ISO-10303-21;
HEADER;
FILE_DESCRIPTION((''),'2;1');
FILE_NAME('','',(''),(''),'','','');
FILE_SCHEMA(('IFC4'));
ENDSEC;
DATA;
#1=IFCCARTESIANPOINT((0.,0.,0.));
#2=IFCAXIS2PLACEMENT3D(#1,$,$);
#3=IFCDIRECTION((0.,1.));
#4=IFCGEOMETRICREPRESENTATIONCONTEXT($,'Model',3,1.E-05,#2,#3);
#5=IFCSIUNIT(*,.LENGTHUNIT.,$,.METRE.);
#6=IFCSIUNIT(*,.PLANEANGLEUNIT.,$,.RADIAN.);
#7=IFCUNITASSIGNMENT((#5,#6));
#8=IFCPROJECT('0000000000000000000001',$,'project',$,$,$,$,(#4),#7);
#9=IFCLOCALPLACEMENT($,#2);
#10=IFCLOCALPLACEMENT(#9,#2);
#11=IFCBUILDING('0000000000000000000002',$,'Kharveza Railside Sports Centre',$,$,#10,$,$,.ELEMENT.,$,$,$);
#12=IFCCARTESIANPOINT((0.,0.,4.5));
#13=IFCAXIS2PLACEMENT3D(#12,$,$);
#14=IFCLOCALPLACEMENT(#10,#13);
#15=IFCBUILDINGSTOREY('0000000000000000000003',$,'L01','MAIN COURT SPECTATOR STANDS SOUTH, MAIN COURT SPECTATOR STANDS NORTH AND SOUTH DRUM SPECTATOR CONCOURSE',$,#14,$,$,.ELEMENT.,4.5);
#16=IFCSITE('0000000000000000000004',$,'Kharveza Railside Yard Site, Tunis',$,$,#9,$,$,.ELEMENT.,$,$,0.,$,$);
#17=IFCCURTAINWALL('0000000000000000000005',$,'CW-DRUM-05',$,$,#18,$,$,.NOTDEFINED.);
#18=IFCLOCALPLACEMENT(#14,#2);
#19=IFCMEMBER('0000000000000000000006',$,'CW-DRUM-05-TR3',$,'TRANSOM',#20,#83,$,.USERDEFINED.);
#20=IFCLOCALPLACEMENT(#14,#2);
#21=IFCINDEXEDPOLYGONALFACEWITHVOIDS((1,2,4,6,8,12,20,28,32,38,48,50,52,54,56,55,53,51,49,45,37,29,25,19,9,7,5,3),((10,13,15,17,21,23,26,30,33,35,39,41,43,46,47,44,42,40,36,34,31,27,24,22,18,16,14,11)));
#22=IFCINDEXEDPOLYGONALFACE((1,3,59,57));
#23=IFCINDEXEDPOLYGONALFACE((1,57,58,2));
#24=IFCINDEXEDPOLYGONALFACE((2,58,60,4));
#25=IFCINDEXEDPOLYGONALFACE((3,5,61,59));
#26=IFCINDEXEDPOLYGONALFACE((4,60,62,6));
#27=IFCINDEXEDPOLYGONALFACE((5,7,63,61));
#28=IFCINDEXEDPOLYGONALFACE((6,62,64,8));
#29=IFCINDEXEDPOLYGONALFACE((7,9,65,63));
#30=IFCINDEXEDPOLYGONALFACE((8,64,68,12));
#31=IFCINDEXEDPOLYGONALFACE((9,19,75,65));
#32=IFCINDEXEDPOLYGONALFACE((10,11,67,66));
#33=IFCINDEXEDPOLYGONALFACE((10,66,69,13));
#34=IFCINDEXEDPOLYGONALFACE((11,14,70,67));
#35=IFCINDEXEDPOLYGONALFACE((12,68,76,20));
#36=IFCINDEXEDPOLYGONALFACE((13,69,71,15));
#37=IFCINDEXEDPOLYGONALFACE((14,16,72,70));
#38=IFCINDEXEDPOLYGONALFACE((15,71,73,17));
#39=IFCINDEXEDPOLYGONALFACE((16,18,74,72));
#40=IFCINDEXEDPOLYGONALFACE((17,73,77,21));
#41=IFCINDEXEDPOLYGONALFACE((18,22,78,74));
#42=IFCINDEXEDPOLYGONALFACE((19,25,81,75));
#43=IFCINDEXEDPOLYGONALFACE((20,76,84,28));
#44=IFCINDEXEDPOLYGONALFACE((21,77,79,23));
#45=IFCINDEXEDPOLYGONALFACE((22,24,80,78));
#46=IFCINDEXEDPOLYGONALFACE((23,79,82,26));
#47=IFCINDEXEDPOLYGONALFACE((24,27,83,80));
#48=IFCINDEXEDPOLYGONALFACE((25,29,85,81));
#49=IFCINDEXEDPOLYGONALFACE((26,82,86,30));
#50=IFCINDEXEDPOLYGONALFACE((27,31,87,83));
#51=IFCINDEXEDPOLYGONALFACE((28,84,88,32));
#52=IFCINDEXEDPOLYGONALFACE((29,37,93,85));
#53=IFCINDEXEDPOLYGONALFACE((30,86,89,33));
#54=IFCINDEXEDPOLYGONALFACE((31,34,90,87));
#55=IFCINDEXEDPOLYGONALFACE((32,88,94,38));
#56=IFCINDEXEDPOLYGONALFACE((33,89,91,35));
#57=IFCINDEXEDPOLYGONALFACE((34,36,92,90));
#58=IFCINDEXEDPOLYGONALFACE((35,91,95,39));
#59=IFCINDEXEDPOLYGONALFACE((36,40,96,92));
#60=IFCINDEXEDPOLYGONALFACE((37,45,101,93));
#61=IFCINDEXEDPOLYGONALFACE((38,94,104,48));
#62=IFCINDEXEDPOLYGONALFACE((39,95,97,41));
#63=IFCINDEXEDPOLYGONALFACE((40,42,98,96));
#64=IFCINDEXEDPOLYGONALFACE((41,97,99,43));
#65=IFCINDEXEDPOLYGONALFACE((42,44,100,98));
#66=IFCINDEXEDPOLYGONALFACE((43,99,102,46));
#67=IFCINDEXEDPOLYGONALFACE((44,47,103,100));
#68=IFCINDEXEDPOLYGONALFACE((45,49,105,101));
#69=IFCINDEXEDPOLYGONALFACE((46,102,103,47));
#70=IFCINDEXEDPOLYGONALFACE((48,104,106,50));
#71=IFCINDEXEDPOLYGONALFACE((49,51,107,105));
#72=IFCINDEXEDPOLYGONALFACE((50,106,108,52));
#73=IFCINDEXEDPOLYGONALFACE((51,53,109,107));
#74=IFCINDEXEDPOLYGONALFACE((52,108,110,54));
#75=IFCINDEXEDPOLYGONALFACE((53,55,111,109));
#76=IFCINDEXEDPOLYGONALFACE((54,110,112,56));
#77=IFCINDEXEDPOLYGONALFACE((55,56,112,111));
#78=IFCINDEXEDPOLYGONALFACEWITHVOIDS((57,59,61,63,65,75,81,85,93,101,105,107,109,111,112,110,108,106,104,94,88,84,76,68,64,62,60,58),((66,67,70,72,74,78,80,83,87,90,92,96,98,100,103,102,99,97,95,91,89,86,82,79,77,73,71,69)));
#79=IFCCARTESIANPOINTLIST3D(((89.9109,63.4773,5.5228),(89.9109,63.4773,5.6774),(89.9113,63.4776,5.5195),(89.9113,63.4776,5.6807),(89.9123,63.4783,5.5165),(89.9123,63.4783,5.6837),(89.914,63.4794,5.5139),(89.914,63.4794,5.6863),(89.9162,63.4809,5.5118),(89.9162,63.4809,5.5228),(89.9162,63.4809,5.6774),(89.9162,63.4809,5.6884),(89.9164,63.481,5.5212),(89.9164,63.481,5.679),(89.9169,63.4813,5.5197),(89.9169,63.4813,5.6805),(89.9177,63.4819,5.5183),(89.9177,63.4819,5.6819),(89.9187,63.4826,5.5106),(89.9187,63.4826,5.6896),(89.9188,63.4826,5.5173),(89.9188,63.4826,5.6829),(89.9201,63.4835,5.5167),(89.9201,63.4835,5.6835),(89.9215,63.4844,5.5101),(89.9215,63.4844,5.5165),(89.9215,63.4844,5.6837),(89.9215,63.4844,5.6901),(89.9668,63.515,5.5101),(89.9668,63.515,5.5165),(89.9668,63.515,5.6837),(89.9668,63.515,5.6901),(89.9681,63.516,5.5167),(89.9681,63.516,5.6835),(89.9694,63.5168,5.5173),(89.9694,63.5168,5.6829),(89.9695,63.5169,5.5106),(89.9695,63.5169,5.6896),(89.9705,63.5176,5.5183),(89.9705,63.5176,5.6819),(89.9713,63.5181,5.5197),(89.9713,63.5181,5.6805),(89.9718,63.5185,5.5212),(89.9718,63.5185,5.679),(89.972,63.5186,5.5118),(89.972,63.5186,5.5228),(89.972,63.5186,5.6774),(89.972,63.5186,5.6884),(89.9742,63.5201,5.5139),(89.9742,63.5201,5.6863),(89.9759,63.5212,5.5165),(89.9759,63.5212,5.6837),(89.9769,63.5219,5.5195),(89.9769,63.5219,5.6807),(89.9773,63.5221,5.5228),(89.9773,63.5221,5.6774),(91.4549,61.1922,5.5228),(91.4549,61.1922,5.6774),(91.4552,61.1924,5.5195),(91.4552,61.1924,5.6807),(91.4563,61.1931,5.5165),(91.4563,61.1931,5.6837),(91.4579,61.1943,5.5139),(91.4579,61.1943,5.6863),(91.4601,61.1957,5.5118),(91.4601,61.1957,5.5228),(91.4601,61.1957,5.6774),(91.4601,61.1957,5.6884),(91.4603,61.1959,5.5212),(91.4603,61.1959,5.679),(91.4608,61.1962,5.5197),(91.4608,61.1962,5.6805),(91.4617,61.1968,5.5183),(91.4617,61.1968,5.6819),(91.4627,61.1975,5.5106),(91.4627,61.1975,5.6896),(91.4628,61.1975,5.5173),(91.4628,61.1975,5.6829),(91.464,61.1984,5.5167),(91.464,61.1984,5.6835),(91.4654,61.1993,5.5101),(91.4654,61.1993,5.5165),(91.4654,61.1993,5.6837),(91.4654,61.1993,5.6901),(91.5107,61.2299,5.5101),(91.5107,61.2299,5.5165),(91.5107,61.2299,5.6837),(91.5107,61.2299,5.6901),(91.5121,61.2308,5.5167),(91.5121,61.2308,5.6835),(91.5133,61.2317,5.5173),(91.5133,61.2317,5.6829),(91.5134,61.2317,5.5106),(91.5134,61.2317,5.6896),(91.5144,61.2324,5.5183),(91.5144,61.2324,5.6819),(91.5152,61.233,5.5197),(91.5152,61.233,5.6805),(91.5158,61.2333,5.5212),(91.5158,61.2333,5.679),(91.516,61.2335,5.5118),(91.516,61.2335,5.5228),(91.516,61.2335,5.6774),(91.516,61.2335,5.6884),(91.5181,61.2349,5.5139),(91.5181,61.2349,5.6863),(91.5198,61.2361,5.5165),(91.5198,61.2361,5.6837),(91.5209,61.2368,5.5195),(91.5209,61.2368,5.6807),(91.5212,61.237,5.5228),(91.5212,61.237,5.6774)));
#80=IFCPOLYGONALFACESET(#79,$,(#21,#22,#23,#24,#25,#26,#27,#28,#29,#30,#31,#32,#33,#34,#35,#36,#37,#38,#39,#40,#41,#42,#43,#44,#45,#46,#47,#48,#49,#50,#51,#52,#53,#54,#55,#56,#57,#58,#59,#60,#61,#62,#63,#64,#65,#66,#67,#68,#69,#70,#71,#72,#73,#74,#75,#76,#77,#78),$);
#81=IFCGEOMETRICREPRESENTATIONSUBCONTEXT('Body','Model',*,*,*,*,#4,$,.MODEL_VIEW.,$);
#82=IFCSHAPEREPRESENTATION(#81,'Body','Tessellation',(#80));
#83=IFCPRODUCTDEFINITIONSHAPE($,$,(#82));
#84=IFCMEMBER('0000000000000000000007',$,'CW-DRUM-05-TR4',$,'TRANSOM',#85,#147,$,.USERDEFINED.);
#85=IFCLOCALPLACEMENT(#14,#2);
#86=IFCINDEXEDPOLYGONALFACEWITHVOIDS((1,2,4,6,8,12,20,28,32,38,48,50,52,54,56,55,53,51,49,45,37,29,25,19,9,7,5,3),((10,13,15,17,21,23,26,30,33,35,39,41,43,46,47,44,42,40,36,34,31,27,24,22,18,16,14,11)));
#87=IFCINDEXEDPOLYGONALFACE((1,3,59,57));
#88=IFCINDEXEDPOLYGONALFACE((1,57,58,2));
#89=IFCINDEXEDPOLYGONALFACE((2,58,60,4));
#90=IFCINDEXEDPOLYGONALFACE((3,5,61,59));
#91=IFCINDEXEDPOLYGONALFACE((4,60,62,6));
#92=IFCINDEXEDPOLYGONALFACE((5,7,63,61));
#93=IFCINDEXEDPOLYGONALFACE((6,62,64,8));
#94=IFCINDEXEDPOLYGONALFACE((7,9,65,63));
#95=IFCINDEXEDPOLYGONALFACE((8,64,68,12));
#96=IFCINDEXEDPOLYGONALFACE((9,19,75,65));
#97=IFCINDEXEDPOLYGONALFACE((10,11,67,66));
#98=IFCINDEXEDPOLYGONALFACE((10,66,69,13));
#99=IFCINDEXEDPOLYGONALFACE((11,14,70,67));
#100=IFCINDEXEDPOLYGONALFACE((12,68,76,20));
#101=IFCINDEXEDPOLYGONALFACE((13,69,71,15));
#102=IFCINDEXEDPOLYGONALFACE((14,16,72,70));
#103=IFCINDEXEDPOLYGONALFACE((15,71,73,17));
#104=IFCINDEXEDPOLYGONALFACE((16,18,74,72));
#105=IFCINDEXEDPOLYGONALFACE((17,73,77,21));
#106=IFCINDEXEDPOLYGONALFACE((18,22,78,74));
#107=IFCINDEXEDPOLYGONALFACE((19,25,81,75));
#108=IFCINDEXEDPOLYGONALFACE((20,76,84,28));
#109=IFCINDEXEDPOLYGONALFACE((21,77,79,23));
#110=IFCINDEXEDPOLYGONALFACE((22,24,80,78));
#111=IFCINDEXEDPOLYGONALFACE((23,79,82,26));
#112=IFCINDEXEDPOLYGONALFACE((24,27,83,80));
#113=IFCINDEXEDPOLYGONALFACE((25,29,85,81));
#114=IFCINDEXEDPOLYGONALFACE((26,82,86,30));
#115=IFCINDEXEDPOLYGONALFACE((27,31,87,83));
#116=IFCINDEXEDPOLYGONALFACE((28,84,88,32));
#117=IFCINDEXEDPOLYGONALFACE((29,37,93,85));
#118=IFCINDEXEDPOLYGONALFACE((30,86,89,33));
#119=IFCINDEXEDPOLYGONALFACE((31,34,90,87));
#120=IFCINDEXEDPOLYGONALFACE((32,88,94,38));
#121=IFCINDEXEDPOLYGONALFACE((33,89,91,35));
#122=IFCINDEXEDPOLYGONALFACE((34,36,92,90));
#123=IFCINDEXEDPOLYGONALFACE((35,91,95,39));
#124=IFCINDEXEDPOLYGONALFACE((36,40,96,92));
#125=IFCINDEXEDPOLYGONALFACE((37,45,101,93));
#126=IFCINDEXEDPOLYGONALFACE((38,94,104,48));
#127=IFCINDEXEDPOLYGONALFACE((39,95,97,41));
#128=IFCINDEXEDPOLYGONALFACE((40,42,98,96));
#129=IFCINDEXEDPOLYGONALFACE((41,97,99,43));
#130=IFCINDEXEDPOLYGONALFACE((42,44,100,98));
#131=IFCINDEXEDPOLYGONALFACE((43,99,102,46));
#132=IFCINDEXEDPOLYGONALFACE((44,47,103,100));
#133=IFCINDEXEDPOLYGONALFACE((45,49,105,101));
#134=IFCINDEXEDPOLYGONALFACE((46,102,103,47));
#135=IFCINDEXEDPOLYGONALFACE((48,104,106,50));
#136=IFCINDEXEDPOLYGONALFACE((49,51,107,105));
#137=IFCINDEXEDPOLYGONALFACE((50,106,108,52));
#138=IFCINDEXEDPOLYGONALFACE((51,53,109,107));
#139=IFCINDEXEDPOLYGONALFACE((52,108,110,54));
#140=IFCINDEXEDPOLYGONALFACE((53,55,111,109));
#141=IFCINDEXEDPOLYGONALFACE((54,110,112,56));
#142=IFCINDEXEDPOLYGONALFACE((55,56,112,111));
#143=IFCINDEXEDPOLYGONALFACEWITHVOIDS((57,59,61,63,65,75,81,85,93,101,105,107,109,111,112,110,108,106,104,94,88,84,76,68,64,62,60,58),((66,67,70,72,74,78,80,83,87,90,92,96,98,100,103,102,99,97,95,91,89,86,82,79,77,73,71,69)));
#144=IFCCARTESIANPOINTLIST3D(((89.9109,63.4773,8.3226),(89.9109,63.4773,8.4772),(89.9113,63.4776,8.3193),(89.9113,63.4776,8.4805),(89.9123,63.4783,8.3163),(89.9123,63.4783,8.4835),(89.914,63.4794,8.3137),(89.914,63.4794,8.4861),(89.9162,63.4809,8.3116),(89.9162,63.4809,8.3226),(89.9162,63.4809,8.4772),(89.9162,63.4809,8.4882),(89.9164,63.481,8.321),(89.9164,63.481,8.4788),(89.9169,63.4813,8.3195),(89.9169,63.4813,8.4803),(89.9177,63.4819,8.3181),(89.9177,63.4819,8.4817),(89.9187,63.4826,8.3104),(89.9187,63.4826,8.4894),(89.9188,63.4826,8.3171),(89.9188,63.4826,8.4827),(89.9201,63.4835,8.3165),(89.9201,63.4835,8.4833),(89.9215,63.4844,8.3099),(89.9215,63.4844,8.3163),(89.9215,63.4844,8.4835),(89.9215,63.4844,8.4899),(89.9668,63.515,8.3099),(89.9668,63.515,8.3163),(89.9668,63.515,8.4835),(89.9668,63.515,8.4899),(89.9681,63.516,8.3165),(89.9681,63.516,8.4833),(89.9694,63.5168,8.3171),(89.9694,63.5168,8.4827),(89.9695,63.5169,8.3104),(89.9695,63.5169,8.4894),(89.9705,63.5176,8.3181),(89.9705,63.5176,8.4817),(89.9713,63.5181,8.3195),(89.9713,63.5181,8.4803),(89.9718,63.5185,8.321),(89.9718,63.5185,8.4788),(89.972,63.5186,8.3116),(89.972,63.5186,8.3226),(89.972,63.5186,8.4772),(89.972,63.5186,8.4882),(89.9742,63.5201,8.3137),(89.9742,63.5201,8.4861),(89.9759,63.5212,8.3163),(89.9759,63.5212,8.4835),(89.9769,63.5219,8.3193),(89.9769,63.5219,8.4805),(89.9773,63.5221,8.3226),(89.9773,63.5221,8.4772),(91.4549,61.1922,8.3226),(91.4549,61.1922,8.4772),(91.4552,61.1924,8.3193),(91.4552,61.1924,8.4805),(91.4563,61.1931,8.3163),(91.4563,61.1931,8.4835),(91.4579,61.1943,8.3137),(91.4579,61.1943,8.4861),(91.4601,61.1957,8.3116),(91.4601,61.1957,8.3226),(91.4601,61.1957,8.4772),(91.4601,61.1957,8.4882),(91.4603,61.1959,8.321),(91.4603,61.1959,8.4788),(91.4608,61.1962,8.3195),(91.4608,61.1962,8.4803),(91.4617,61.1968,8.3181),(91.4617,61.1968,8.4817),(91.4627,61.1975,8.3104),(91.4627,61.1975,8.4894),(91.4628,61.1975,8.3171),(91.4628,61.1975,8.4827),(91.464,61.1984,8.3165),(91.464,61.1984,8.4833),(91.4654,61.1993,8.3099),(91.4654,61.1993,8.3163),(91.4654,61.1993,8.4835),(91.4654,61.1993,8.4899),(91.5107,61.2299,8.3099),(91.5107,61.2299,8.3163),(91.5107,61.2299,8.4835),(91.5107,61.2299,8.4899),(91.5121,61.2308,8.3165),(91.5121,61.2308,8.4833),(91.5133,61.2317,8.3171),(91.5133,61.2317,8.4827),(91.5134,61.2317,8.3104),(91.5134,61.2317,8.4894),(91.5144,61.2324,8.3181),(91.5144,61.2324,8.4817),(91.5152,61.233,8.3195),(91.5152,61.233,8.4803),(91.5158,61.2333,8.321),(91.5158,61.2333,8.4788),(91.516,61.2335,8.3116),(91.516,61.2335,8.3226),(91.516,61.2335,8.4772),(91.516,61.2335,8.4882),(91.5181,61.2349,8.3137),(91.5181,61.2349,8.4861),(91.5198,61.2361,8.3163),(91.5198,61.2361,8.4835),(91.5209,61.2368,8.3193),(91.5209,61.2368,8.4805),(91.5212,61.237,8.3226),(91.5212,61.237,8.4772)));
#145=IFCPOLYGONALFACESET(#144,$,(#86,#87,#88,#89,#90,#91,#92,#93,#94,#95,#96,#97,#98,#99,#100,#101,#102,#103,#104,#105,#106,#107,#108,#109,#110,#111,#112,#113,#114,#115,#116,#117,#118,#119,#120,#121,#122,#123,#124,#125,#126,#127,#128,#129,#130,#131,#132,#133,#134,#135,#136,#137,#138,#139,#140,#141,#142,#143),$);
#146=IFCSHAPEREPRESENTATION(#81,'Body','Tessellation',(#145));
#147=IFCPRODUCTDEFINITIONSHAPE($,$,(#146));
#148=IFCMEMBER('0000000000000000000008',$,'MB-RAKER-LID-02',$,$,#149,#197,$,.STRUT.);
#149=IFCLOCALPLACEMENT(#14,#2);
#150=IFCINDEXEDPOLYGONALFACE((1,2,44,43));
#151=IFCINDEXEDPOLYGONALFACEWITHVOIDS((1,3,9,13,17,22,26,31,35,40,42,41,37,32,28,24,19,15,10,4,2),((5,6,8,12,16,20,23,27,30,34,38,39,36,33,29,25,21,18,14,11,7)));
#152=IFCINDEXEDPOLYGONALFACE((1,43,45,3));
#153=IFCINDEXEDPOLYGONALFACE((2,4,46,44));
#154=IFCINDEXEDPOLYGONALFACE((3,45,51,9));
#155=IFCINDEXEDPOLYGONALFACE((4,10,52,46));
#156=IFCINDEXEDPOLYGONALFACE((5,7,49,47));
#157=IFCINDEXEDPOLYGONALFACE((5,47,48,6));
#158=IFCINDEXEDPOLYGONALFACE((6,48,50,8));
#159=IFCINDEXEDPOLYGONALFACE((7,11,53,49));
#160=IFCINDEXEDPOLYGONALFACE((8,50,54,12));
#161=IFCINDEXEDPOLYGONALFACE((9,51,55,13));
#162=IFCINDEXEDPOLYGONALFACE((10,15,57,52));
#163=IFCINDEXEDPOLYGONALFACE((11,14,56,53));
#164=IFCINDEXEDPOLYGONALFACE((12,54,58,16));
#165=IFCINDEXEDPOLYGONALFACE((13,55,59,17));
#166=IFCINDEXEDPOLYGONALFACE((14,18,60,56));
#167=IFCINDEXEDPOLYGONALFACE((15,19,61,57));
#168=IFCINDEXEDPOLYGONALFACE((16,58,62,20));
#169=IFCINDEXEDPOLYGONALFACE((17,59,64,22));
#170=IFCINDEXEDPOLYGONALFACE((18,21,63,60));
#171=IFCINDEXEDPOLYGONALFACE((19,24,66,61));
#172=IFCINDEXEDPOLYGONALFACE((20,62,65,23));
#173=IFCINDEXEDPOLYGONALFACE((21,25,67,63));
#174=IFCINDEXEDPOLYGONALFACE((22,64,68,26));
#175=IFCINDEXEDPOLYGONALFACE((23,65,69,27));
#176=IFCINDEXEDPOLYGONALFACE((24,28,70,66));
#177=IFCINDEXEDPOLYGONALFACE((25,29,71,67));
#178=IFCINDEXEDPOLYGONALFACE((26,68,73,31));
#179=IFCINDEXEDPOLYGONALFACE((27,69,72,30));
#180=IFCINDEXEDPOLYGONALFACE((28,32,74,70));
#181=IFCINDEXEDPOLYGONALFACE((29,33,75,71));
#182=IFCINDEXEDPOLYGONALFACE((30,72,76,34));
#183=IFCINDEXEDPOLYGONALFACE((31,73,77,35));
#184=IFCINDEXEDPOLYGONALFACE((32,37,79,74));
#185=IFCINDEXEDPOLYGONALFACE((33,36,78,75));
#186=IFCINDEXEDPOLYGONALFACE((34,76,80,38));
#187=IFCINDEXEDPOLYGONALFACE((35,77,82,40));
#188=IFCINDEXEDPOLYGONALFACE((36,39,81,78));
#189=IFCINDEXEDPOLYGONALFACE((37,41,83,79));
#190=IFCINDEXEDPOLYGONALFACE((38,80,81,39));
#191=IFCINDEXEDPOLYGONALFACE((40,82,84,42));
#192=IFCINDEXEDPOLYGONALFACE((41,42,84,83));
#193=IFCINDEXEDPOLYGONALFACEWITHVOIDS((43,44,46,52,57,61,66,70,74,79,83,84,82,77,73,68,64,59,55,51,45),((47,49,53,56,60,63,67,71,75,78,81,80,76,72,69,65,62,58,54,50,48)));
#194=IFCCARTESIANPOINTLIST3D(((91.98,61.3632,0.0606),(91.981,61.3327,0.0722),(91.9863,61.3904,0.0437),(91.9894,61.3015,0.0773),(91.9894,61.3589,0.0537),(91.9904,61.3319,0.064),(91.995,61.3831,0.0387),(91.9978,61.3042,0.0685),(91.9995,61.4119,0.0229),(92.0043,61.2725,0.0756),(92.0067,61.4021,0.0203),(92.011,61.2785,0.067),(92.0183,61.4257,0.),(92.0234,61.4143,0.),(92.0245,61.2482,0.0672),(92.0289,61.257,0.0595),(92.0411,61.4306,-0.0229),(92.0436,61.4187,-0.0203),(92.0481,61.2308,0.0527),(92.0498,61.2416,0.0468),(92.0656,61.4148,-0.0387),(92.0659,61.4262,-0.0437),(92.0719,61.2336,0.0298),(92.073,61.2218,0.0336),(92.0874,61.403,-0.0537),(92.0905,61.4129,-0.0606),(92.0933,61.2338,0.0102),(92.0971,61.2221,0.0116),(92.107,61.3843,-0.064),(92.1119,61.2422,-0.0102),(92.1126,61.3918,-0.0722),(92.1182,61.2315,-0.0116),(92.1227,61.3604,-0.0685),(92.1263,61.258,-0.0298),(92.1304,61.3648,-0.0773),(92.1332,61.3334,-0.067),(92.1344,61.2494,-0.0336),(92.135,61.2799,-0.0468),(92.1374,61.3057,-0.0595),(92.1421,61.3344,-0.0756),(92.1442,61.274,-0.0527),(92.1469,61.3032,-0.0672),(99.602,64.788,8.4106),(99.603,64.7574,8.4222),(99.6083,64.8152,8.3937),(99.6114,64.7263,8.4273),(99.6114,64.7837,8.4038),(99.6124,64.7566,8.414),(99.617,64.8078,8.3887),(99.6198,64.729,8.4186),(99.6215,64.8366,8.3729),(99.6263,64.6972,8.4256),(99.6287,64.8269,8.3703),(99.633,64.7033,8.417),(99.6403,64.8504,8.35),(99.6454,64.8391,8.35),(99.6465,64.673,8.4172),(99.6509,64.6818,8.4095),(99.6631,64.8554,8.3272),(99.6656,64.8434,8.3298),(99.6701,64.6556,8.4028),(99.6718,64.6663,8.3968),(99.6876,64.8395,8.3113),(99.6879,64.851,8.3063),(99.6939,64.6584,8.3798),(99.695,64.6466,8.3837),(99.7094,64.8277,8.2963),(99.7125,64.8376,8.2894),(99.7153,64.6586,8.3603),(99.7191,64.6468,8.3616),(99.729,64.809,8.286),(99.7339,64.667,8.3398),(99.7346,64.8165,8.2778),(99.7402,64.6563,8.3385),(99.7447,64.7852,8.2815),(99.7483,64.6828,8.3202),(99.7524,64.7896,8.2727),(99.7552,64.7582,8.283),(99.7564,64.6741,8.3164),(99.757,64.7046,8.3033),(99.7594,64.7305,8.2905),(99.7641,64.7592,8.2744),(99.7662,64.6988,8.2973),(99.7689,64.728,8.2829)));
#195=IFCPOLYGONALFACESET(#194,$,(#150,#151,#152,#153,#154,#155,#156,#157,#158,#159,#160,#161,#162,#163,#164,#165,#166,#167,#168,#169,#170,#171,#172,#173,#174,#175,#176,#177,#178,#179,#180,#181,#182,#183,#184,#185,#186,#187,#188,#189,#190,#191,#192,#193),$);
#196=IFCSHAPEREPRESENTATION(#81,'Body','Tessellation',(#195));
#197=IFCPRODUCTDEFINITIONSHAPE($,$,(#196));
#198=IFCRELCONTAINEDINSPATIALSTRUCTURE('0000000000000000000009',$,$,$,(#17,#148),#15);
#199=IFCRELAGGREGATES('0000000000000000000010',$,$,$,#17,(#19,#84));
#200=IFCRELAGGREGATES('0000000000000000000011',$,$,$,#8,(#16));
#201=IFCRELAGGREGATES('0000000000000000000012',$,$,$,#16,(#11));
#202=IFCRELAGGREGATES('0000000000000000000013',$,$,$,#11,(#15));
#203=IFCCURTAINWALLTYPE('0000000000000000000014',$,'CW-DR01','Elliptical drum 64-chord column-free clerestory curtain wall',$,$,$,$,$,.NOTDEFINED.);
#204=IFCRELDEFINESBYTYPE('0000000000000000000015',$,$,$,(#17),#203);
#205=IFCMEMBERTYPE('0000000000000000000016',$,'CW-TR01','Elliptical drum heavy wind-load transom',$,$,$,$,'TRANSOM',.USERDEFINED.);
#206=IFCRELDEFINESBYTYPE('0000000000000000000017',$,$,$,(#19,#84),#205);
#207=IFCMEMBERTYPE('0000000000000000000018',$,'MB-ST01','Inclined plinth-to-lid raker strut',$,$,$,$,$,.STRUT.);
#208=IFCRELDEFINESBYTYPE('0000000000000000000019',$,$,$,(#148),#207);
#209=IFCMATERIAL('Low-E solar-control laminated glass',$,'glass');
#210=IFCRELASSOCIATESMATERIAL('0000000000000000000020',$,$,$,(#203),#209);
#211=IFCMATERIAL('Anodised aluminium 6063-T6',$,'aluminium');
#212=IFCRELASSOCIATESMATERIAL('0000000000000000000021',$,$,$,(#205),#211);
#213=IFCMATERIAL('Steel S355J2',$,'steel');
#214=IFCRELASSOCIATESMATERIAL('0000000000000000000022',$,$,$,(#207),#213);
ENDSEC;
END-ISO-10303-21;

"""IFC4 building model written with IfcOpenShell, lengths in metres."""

from ifc_helpers import new_model, si_unit, direction, frame, origin, origin_2d, place, context, subcontext, project, spatial, hollow_rectangle, hollow_circle, extrude, material, material_profile, profile_set, type_object, element, aggregate, save


model = new_model("IFC4")

# Units and contexts
model_context = context("Model", 3, precision=1e-05, world=origin(), true_north=direction((0.0, 1.0)))
body_context = subcontext(model_context, "Body", "Model", "MODEL_VIEW")
ifc_project = project(units=[si_unit("LENGTHUNIT", "METRE"), si_unit("PLANEANGLEUNIT", "RADIAN")], contexts=[model_context])

# Site, building, storey
site_placement = place(None, origin())
site = spatial("IfcSite", under=ifc_project, at=site_placement, Name="Kharveza Railside Yard Site, Tunis", CompositionType="ELEMENT", RefElevation=0.0)
building_placement = place(site_placement, origin())
building = spatial("IfcBuilding", under=site, at=building_placement, Name="Kharveza Railside Sports Centre", CompositionType="ELEMENT")
storey_placement = place(building_placement, frame((0.0, 0.0, 4.5)))
storey = spatial("IfcBuildingStorey", under=building, at=storey_placement, Name="L01", Description="MAIN COURT SPECTATOR STANDS SOUTH, MAIN COURT SPECTATOR STANDS NORTH AND SOUTH DRUM SPECTATOR CONCOURSE", CompositionType="ELEMENT", Elevation=4.5)

# Shared definitions
ifc_material_1 = material(Name="Steel S355J2", Category="steel")

# Shared definitions
ifc_material_2 = material(Name="Low-E solar-control laminated glass", Category="glass")
curtain_wall_type = type_object("IfcCurtainWallType", Name="CW-DR01", Description="Elliptical drum 64-chord column-free clerestory curtain wall", PredefinedType="NOTDEFINED", material=ifc_material_2)
ifc_material_3 = material(Name="Anodised aluminium 6063-T6", Category="aluminium")

# Curtain wall
curtain_wall_1_placement = place(storey_placement, origin())
curtain_wall_1 = element("IfcCurtainWall", 1, at=curtain_wall_1_placement, inside=storey, type_object=curtain_wall_type, Name="CW-DRUM-05", PredefinedType="NOTDEFINED")

# Members
ifc_material_profile_1 = material_profile(ifc_material_3, hollow_rectangle(XDim=0.0801, YDim=0.1799, WallThickness=0.0063, InnerFilletRadius=0.0063, OuterFilletRadius=0.0127, at=origin_2d()), Name="RHS 80x180x6.3")
ifc_profile_set_1 = profile_set([ifc_material_profile_1], Name="Anodised aluminium 6063-T6")
member_type_1 = type_object("IfcMemberType", Name="CW-TR01", Description="Elliptical drum heavy wind-load transom", ElementType="TRANSOM", PredefinedType="USERDEFINED", material=ifc_profile_set_1)
member_1_placement = place(storey_placement, frame((91.488, 61.2146, 5.6001), z_axis=(-0.559838, 0.828602, 0.0), x_axis=(-0.828602, -0.559838, 0.0)))
member_1 = element("IfcMember", 2, at=member_1_placement, type_object=member_type_1, Name="CW-DRUM-05-TR3", ObjectType="TRANSOM", PredefinedType="USERDEFINED", context=body_context, shape_type="SweptSolid", body=[
    extrude(hollow_rectangle(XDim=0.0801, YDim=0.1799, WallThickness=0.0063, InnerFilletRadius=0.0063, OuterFilletRadius=0.0127, at=origin_2d()), origin(), (0.0, 0.0, 1.0), 2.7578),
])
member_2_placement = place(storey_placement, frame((91.488, 61.2146, 8.3999), z_axis=(-0.559838, 0.828602, 0.0), x_axis=(-0.828602, -0.559838, 0.0)))
member_2 = element("IfcMember", 3, at=member_2_placement, type_object=member_type_1, Name="CW-DRUM-05-TR4", ObjectType="TRANSOM", PredefinedType="USERDEFINED", context=body_context, shape_type="SweptSolid", body=[
    extrude(hollow_rectangle(XDim=0.0801, YDim=0.1799, WallThickness=0.0063, InnerFilletRadius=0.0063, OuterFilletRadius=0.0127, at=origin_2d()), origin(), (0.0, 0.0, 1.0), 2.7578),
])
aggregate(curtain_wall_1, [member_1, member_2])
ifc_material_profile_2 = material_profile(ifc_material_1, hollow_circle(Radius=0.1096, WallThickness=0.0125, at=origin_2d()), Name="CHS 219.1x12.5")
ifc_profile_set_2 = profile_set([ifc_material_profile_2], Name="Steel S355J2")
member_type_2 = type_object("IfcMemberType", Name="MB-ST01", Description="Inclined plinth-to-lid raker strut", PredefinedType="STRUT", material=ifc_profile_set_2)
member_3_placement = place(storey_placement, frame((92.0632, 61.3257, 0.0), z_axis=(0.645222, 0.289916, 0.706851), x_axis=(-0.409854, 0.912151, 0.0)))
element("IfcMember", 4, at=member_3_placement, inside=storey, type_object=member_type_2, Name="MB-RAKER-LID-02", PredefinedType="STRUT", context=body_context, shape_type="SweptSolid", body=[
    extrude(hollow_circle(Radius=0.1096, WallThickness=0.0125, at=origin_2d()), origin(), (0.0, 0.0, 1.0), 11.813),
])

save(model, "model.ifc")
